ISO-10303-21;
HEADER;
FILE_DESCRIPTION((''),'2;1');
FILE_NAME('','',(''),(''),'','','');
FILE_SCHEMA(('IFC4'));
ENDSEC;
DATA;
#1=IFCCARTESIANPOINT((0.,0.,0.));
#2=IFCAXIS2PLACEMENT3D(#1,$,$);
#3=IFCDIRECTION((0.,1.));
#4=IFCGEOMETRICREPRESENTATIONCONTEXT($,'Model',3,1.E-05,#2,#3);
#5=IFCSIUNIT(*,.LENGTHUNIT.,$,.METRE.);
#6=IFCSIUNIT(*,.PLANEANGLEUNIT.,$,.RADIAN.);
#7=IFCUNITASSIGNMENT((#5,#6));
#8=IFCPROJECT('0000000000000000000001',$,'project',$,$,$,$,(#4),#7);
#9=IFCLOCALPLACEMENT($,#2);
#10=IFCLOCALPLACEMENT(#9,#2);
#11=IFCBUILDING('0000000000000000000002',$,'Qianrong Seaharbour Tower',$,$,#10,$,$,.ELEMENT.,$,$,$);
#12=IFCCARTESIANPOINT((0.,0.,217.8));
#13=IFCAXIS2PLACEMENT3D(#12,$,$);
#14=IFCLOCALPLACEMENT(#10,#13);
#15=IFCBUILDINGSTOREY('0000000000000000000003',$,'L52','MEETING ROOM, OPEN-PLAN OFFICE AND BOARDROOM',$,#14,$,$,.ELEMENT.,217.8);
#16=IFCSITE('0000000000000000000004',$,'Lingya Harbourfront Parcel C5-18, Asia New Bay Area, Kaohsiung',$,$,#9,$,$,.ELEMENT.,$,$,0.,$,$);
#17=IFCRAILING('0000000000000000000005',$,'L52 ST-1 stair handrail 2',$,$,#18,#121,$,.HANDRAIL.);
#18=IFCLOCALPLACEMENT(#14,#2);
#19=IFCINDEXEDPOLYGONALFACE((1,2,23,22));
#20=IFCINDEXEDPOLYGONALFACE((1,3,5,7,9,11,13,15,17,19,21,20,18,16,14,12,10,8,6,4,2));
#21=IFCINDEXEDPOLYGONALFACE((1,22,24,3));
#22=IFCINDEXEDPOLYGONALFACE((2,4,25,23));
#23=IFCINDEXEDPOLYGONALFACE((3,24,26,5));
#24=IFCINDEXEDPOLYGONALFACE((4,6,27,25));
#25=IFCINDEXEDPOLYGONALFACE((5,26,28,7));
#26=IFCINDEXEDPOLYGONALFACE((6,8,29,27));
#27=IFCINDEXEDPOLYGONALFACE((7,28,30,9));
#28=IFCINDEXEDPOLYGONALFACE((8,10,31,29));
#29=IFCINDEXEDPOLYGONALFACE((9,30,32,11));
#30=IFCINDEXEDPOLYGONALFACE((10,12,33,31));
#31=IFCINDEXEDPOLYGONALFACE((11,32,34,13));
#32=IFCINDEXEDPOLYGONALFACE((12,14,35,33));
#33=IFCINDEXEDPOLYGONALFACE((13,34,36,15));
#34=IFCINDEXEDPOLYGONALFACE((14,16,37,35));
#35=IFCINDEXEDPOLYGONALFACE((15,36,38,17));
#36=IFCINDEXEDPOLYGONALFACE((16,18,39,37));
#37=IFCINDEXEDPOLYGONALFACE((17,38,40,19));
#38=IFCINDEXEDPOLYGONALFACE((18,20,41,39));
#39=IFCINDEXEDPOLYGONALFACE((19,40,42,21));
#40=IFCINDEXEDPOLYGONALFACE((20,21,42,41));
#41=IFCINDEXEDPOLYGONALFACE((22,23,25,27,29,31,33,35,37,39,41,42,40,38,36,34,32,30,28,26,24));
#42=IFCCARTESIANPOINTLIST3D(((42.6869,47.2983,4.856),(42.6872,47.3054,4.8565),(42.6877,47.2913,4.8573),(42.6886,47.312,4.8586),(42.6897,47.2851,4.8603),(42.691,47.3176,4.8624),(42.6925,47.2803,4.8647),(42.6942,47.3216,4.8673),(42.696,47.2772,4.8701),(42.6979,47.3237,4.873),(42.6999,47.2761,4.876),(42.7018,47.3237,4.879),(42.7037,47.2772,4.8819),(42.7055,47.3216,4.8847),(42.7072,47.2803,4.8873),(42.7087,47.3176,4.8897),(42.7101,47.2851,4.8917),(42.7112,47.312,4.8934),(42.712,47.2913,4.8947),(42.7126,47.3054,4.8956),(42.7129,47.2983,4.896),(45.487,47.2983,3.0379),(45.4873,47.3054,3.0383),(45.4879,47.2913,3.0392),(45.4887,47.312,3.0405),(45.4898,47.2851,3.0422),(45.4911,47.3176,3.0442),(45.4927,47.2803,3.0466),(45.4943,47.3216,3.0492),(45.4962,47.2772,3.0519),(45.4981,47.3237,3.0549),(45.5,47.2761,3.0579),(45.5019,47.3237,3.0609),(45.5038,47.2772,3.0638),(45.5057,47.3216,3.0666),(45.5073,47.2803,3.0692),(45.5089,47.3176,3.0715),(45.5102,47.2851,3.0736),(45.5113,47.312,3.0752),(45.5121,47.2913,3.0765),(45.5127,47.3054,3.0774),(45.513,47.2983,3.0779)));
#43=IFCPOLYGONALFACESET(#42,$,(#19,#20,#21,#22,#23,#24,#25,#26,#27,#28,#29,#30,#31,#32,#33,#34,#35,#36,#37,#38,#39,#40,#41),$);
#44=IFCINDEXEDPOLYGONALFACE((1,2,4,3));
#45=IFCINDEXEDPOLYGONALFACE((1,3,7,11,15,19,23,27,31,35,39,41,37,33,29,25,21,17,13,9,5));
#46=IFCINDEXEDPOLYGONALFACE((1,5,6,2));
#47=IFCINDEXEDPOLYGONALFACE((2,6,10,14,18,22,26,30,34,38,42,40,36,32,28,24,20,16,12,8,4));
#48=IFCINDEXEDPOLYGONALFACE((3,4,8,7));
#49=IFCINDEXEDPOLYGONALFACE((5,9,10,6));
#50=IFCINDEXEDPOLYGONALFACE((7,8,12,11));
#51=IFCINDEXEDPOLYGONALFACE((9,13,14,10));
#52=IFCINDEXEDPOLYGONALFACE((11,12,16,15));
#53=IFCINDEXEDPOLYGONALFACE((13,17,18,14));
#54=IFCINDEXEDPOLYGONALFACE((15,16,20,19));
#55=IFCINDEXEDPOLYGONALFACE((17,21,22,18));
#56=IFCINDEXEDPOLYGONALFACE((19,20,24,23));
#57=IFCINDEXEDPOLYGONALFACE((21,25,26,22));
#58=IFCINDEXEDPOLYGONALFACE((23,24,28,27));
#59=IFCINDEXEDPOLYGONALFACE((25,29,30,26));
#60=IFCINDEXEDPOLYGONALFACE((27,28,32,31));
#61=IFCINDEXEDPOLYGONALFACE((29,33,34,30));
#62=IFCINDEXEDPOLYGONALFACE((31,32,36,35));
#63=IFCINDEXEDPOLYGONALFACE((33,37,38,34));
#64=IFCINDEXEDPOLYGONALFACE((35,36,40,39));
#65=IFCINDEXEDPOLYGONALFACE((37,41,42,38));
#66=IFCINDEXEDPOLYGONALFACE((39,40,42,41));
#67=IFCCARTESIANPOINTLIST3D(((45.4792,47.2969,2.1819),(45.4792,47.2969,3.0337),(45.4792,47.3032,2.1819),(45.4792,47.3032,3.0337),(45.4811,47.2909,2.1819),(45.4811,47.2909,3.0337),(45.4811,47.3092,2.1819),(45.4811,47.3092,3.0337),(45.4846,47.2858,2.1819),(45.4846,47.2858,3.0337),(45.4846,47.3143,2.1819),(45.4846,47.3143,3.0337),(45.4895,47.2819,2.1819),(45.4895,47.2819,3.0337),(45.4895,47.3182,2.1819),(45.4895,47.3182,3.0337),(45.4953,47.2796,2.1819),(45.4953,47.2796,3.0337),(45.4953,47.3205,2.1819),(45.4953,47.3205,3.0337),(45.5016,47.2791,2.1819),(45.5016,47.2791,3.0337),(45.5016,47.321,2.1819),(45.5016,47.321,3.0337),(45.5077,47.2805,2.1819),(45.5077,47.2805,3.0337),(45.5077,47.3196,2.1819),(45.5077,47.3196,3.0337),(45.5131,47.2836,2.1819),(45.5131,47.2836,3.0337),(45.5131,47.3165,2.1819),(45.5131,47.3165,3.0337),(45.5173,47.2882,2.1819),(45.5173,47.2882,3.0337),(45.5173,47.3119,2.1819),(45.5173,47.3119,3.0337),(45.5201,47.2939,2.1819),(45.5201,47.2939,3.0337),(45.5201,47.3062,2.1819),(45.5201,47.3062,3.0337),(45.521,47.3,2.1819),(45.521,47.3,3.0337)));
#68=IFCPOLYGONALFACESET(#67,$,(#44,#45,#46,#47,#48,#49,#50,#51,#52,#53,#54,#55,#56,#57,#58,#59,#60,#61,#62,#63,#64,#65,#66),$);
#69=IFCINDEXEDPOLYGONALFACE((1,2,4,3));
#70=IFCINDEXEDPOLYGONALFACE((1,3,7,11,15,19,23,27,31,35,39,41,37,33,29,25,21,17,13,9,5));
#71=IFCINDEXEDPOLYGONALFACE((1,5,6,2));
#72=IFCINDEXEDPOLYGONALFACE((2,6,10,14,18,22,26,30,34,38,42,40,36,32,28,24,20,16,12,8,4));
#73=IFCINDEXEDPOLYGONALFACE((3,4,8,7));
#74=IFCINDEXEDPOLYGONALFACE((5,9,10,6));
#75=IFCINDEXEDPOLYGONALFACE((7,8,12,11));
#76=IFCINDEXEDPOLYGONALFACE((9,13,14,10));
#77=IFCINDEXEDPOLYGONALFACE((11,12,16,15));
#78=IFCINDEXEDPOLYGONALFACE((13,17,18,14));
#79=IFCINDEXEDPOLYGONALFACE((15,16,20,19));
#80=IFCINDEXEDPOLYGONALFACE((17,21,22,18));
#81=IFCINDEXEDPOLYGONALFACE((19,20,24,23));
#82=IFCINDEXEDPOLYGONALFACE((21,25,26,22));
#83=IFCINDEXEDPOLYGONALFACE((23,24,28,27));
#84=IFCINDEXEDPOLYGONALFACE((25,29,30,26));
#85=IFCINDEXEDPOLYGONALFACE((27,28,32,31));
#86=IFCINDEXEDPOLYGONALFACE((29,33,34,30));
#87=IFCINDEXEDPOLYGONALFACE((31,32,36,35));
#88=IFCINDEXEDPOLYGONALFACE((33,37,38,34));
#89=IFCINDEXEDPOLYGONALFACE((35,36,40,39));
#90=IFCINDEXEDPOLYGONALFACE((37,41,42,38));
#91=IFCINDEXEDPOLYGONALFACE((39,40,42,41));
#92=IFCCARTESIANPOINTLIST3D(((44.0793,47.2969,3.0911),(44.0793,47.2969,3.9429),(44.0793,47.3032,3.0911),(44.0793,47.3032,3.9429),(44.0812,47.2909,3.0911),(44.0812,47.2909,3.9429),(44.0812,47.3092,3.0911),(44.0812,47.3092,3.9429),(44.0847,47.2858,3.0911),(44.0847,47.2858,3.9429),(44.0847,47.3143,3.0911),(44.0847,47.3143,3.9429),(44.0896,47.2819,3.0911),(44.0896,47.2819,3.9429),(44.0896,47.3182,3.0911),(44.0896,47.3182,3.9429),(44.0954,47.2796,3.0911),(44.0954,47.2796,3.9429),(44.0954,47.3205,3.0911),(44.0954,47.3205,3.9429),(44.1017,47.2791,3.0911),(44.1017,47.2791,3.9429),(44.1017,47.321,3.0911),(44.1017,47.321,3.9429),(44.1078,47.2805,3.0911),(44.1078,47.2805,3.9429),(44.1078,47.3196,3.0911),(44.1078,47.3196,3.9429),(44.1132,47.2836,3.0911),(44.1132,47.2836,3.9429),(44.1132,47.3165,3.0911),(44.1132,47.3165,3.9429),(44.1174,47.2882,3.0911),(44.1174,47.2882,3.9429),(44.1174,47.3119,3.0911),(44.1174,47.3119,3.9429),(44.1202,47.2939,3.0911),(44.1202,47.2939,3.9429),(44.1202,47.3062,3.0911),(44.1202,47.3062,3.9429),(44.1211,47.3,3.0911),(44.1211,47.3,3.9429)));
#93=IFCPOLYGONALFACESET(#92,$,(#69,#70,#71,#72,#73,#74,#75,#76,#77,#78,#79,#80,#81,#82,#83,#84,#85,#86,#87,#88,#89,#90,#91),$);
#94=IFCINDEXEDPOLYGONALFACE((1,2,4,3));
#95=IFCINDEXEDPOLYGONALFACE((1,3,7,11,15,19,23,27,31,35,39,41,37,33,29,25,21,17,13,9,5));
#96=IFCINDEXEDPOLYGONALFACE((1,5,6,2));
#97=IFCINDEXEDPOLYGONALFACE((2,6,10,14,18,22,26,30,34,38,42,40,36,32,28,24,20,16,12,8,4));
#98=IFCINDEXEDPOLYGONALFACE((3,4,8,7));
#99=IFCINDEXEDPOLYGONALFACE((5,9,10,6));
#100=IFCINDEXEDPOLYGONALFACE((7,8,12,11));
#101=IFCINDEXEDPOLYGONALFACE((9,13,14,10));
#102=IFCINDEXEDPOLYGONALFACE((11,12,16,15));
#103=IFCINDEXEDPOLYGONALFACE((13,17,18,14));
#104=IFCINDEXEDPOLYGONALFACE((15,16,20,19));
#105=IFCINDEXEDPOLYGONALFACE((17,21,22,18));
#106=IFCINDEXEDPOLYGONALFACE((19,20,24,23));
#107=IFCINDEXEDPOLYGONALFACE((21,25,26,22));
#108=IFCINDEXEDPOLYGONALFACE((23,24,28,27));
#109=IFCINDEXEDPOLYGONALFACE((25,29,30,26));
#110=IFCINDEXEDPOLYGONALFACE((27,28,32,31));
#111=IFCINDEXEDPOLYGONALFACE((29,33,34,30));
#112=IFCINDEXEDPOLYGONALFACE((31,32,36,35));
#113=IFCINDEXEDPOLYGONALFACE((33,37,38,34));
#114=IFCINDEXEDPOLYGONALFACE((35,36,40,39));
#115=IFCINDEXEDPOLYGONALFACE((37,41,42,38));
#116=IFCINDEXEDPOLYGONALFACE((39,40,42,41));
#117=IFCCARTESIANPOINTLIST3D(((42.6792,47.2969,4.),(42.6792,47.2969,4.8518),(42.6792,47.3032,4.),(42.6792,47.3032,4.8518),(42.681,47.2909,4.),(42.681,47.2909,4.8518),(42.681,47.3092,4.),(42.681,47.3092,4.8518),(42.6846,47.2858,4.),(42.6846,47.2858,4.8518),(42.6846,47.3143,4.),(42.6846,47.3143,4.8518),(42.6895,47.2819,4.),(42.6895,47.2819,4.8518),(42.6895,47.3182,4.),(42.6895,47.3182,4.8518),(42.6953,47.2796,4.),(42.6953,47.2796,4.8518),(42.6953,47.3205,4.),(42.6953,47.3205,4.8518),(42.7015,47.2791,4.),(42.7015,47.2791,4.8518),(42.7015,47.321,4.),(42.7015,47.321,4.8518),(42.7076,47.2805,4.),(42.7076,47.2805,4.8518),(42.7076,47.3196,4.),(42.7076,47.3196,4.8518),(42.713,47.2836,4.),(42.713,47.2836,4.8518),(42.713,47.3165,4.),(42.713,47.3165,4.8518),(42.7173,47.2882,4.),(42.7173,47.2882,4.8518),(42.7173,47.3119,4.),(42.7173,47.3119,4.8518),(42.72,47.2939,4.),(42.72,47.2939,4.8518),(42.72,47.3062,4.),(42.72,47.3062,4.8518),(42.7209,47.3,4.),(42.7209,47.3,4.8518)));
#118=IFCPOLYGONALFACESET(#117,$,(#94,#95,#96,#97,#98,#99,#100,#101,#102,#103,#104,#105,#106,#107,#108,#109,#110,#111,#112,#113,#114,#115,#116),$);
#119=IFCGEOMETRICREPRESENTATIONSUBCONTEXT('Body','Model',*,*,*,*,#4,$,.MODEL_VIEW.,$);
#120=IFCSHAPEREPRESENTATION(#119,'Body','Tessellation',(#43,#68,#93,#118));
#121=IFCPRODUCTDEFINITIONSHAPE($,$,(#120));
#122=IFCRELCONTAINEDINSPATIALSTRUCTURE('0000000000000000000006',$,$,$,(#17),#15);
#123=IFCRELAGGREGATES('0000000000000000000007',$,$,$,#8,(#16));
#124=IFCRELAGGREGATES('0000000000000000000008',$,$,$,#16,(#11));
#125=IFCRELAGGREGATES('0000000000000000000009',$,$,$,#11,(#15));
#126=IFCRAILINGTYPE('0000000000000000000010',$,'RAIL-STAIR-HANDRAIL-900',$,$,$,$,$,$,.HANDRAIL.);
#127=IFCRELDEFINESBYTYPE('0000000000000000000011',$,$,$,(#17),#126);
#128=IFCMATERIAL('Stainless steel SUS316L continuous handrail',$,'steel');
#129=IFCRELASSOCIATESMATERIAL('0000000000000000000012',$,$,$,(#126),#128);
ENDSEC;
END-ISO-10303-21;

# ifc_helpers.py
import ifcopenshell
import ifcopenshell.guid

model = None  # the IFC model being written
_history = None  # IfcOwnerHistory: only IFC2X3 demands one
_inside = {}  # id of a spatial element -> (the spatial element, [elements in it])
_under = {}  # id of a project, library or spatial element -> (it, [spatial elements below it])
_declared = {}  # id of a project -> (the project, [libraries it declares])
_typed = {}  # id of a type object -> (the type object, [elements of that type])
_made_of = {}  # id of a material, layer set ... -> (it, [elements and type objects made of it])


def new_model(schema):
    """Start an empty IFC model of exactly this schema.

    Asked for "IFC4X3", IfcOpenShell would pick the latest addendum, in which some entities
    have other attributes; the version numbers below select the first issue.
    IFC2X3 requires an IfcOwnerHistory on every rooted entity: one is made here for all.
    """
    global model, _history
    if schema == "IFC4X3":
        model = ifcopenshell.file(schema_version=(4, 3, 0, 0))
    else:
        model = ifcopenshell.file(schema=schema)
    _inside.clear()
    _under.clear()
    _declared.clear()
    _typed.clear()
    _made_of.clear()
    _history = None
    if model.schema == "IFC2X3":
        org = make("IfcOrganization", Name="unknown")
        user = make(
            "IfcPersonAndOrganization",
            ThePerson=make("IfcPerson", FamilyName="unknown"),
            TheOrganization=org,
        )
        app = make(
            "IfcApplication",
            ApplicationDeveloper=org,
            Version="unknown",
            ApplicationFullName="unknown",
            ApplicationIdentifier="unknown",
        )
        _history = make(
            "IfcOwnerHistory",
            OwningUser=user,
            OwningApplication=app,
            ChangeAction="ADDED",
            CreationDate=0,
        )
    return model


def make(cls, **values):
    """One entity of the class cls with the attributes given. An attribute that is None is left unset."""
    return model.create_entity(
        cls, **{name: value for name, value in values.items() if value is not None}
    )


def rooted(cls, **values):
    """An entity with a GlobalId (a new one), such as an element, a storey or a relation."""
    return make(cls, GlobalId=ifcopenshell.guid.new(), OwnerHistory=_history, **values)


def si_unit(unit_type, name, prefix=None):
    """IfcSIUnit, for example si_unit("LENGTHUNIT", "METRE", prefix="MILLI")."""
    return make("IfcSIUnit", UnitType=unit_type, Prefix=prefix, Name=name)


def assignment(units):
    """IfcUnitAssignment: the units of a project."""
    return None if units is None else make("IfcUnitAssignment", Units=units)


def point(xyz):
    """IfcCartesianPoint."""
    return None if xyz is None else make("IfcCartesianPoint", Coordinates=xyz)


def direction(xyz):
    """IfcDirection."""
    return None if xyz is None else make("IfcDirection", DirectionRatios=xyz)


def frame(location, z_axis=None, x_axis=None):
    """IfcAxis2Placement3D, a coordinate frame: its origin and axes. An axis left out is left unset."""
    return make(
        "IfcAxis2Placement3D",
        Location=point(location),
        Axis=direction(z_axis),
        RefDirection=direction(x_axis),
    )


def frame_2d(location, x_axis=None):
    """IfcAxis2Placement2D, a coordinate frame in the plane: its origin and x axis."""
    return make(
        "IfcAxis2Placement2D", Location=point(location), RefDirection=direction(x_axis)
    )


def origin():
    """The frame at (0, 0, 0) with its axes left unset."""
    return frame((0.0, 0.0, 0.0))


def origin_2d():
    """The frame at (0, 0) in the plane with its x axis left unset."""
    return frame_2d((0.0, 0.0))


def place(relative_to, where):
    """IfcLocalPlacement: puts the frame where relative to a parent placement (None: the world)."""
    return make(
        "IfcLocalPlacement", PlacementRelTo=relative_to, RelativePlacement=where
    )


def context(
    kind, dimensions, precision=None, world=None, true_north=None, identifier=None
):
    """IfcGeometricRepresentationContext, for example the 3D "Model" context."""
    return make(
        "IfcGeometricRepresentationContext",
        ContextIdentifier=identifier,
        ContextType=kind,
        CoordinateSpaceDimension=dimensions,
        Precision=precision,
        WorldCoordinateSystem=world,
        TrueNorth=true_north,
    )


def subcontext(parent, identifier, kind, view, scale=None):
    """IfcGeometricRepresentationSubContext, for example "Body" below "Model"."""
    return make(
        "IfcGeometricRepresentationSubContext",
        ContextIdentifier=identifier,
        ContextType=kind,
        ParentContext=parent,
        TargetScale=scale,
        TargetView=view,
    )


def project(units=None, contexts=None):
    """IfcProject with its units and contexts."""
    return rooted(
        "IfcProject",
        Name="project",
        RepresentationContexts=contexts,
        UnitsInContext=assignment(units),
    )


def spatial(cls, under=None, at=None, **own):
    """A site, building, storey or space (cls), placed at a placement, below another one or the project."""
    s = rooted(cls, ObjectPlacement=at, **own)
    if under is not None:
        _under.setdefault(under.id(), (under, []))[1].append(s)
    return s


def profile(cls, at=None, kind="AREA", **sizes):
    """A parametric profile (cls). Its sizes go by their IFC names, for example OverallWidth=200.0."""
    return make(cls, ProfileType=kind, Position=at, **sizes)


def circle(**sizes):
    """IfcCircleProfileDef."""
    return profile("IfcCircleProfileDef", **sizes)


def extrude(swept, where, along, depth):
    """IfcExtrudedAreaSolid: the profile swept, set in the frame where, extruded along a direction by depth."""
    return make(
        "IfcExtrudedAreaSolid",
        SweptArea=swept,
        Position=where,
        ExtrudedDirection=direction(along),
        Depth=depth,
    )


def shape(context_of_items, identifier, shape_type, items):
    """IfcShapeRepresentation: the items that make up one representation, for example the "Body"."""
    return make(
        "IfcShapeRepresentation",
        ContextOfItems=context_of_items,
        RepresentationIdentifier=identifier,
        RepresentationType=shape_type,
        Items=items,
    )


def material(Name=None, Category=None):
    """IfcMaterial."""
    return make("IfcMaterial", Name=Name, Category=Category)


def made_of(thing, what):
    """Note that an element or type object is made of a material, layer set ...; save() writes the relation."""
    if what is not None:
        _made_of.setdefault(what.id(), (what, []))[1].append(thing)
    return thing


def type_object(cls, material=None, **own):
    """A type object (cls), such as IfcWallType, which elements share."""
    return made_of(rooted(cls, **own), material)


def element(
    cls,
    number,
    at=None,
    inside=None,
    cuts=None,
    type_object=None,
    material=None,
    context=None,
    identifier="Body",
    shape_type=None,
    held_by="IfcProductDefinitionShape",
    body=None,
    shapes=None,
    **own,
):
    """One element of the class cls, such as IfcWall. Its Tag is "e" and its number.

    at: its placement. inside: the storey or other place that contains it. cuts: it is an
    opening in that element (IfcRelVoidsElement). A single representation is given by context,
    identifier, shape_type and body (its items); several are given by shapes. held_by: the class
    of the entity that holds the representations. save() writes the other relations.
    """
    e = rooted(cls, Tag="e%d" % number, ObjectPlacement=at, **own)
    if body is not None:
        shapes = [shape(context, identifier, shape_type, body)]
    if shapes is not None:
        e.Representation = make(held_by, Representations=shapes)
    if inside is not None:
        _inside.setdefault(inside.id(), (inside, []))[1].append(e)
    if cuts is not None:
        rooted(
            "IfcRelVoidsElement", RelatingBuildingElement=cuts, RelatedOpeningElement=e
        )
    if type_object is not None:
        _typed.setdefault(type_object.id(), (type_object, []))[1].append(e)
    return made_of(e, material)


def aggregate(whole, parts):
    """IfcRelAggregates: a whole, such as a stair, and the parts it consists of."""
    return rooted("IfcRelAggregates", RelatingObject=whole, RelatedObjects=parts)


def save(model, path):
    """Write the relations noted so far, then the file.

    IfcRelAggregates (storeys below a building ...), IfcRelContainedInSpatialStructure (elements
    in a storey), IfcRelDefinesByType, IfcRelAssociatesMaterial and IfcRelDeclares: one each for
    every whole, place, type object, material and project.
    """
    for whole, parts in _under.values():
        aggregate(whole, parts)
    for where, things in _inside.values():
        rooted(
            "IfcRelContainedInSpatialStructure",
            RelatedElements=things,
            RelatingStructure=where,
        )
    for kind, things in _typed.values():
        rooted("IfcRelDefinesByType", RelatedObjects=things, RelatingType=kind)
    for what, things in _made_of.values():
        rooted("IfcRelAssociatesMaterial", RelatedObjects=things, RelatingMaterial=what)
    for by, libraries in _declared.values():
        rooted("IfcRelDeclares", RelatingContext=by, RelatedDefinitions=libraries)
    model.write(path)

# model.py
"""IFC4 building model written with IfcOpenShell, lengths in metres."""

from ifc_helpers import new_model, si_unit, direction, frame, origin, origin_2d, place, context, subcontext, project, spatial, circle, extrude, material, type_object, element, save


model = new_model("IFC4")

# Units and contexts
model_context = context("Model", 3, precision=1e-05, world=origin(), true_north=direction((0.0, 1.0)))
body_context = subcontext(model_context, "Body", "Model", "MODEL_VIEW")
ifc_project = project(units=[si_unit("LENGTHUNIT", "METRE"), si_unit("PLANEANGLEUNIT", "RADIAN")], contexts=[model_context])

# Site, building, storey
site_placement = place(None, origin())
site = spatial("IfcSite", under=ifc_project, at=site_placement, Name="Lingya Harbourfront Parcel C5-18, Asia New Bay Area, Kaohsiung", CompositionType="ELEMENT", RefElevation=0.0)
building_placement = place(site_placement, origin())
building = spatial("IfcBuilding", under=site, at=building_placement, Name="Qianrong Seaharbour Tower", CompositionType="ELEMENT")
storey_placement = place(building_placement, frame((0.0, 0.0, 217.8)))
storey = spatial("IfcBuildingStorey", under=building, at=storey_placement, Name="L52", Description="MEETING ROOM, OPEN-PLAN OFFICE AND BOARDROOM", CompositionType="ELEMENT", Elevation=217.8)

# Railing
ifc_material_1 = material(Name="Stainless steel SUS316L continuous handrail", Category="steel")
railing_type_1 = type_object("IfcRailingType", Name="RAIL-STAIR-HANDRAIL-900", PredefinedType="HANDRAIL", material=ifc_material_1)
railing_1_placement = place(storey_placement, frame((45.5, 47.3, 2.1819)))
element("IfcRailing", 1, at=railing_1_placement, inside=storey, type_object=railing_type_1, Name="L52 ST-1 stair handrail 2", PredefinedType="HANDRAIL", context=body_context, shape_type="SweptSolid", body=[
    extrude(circle(Radius=0.0239, at=origin_2d()), frame((0.0, 0.0, 0.876), z_axis=(-0.838706, 0.0, 0.544585), x_axis=(0.0, -1.0, 0.0)), (0.0, 0.0, 1.0), 3.3386),
    extrude(circle(Radius=0.021, at=origin_2d()), origin(), (0.0, 0.0, 1.0), 0.8518),
    extrude(circle(Radius=0.021, at=origin_2d()), frame((-1.3999, 0.0, 0.9092)), (0.0, 0.0, 1.0), 0.8518),
    extrude(circle(Radius=0.021, at=origin_2d()), frame((-2.8, 0.0, 1.8181)), (0.0, 0.0, 1.0), 0.8518),
])

save(model, "model.ifc")
